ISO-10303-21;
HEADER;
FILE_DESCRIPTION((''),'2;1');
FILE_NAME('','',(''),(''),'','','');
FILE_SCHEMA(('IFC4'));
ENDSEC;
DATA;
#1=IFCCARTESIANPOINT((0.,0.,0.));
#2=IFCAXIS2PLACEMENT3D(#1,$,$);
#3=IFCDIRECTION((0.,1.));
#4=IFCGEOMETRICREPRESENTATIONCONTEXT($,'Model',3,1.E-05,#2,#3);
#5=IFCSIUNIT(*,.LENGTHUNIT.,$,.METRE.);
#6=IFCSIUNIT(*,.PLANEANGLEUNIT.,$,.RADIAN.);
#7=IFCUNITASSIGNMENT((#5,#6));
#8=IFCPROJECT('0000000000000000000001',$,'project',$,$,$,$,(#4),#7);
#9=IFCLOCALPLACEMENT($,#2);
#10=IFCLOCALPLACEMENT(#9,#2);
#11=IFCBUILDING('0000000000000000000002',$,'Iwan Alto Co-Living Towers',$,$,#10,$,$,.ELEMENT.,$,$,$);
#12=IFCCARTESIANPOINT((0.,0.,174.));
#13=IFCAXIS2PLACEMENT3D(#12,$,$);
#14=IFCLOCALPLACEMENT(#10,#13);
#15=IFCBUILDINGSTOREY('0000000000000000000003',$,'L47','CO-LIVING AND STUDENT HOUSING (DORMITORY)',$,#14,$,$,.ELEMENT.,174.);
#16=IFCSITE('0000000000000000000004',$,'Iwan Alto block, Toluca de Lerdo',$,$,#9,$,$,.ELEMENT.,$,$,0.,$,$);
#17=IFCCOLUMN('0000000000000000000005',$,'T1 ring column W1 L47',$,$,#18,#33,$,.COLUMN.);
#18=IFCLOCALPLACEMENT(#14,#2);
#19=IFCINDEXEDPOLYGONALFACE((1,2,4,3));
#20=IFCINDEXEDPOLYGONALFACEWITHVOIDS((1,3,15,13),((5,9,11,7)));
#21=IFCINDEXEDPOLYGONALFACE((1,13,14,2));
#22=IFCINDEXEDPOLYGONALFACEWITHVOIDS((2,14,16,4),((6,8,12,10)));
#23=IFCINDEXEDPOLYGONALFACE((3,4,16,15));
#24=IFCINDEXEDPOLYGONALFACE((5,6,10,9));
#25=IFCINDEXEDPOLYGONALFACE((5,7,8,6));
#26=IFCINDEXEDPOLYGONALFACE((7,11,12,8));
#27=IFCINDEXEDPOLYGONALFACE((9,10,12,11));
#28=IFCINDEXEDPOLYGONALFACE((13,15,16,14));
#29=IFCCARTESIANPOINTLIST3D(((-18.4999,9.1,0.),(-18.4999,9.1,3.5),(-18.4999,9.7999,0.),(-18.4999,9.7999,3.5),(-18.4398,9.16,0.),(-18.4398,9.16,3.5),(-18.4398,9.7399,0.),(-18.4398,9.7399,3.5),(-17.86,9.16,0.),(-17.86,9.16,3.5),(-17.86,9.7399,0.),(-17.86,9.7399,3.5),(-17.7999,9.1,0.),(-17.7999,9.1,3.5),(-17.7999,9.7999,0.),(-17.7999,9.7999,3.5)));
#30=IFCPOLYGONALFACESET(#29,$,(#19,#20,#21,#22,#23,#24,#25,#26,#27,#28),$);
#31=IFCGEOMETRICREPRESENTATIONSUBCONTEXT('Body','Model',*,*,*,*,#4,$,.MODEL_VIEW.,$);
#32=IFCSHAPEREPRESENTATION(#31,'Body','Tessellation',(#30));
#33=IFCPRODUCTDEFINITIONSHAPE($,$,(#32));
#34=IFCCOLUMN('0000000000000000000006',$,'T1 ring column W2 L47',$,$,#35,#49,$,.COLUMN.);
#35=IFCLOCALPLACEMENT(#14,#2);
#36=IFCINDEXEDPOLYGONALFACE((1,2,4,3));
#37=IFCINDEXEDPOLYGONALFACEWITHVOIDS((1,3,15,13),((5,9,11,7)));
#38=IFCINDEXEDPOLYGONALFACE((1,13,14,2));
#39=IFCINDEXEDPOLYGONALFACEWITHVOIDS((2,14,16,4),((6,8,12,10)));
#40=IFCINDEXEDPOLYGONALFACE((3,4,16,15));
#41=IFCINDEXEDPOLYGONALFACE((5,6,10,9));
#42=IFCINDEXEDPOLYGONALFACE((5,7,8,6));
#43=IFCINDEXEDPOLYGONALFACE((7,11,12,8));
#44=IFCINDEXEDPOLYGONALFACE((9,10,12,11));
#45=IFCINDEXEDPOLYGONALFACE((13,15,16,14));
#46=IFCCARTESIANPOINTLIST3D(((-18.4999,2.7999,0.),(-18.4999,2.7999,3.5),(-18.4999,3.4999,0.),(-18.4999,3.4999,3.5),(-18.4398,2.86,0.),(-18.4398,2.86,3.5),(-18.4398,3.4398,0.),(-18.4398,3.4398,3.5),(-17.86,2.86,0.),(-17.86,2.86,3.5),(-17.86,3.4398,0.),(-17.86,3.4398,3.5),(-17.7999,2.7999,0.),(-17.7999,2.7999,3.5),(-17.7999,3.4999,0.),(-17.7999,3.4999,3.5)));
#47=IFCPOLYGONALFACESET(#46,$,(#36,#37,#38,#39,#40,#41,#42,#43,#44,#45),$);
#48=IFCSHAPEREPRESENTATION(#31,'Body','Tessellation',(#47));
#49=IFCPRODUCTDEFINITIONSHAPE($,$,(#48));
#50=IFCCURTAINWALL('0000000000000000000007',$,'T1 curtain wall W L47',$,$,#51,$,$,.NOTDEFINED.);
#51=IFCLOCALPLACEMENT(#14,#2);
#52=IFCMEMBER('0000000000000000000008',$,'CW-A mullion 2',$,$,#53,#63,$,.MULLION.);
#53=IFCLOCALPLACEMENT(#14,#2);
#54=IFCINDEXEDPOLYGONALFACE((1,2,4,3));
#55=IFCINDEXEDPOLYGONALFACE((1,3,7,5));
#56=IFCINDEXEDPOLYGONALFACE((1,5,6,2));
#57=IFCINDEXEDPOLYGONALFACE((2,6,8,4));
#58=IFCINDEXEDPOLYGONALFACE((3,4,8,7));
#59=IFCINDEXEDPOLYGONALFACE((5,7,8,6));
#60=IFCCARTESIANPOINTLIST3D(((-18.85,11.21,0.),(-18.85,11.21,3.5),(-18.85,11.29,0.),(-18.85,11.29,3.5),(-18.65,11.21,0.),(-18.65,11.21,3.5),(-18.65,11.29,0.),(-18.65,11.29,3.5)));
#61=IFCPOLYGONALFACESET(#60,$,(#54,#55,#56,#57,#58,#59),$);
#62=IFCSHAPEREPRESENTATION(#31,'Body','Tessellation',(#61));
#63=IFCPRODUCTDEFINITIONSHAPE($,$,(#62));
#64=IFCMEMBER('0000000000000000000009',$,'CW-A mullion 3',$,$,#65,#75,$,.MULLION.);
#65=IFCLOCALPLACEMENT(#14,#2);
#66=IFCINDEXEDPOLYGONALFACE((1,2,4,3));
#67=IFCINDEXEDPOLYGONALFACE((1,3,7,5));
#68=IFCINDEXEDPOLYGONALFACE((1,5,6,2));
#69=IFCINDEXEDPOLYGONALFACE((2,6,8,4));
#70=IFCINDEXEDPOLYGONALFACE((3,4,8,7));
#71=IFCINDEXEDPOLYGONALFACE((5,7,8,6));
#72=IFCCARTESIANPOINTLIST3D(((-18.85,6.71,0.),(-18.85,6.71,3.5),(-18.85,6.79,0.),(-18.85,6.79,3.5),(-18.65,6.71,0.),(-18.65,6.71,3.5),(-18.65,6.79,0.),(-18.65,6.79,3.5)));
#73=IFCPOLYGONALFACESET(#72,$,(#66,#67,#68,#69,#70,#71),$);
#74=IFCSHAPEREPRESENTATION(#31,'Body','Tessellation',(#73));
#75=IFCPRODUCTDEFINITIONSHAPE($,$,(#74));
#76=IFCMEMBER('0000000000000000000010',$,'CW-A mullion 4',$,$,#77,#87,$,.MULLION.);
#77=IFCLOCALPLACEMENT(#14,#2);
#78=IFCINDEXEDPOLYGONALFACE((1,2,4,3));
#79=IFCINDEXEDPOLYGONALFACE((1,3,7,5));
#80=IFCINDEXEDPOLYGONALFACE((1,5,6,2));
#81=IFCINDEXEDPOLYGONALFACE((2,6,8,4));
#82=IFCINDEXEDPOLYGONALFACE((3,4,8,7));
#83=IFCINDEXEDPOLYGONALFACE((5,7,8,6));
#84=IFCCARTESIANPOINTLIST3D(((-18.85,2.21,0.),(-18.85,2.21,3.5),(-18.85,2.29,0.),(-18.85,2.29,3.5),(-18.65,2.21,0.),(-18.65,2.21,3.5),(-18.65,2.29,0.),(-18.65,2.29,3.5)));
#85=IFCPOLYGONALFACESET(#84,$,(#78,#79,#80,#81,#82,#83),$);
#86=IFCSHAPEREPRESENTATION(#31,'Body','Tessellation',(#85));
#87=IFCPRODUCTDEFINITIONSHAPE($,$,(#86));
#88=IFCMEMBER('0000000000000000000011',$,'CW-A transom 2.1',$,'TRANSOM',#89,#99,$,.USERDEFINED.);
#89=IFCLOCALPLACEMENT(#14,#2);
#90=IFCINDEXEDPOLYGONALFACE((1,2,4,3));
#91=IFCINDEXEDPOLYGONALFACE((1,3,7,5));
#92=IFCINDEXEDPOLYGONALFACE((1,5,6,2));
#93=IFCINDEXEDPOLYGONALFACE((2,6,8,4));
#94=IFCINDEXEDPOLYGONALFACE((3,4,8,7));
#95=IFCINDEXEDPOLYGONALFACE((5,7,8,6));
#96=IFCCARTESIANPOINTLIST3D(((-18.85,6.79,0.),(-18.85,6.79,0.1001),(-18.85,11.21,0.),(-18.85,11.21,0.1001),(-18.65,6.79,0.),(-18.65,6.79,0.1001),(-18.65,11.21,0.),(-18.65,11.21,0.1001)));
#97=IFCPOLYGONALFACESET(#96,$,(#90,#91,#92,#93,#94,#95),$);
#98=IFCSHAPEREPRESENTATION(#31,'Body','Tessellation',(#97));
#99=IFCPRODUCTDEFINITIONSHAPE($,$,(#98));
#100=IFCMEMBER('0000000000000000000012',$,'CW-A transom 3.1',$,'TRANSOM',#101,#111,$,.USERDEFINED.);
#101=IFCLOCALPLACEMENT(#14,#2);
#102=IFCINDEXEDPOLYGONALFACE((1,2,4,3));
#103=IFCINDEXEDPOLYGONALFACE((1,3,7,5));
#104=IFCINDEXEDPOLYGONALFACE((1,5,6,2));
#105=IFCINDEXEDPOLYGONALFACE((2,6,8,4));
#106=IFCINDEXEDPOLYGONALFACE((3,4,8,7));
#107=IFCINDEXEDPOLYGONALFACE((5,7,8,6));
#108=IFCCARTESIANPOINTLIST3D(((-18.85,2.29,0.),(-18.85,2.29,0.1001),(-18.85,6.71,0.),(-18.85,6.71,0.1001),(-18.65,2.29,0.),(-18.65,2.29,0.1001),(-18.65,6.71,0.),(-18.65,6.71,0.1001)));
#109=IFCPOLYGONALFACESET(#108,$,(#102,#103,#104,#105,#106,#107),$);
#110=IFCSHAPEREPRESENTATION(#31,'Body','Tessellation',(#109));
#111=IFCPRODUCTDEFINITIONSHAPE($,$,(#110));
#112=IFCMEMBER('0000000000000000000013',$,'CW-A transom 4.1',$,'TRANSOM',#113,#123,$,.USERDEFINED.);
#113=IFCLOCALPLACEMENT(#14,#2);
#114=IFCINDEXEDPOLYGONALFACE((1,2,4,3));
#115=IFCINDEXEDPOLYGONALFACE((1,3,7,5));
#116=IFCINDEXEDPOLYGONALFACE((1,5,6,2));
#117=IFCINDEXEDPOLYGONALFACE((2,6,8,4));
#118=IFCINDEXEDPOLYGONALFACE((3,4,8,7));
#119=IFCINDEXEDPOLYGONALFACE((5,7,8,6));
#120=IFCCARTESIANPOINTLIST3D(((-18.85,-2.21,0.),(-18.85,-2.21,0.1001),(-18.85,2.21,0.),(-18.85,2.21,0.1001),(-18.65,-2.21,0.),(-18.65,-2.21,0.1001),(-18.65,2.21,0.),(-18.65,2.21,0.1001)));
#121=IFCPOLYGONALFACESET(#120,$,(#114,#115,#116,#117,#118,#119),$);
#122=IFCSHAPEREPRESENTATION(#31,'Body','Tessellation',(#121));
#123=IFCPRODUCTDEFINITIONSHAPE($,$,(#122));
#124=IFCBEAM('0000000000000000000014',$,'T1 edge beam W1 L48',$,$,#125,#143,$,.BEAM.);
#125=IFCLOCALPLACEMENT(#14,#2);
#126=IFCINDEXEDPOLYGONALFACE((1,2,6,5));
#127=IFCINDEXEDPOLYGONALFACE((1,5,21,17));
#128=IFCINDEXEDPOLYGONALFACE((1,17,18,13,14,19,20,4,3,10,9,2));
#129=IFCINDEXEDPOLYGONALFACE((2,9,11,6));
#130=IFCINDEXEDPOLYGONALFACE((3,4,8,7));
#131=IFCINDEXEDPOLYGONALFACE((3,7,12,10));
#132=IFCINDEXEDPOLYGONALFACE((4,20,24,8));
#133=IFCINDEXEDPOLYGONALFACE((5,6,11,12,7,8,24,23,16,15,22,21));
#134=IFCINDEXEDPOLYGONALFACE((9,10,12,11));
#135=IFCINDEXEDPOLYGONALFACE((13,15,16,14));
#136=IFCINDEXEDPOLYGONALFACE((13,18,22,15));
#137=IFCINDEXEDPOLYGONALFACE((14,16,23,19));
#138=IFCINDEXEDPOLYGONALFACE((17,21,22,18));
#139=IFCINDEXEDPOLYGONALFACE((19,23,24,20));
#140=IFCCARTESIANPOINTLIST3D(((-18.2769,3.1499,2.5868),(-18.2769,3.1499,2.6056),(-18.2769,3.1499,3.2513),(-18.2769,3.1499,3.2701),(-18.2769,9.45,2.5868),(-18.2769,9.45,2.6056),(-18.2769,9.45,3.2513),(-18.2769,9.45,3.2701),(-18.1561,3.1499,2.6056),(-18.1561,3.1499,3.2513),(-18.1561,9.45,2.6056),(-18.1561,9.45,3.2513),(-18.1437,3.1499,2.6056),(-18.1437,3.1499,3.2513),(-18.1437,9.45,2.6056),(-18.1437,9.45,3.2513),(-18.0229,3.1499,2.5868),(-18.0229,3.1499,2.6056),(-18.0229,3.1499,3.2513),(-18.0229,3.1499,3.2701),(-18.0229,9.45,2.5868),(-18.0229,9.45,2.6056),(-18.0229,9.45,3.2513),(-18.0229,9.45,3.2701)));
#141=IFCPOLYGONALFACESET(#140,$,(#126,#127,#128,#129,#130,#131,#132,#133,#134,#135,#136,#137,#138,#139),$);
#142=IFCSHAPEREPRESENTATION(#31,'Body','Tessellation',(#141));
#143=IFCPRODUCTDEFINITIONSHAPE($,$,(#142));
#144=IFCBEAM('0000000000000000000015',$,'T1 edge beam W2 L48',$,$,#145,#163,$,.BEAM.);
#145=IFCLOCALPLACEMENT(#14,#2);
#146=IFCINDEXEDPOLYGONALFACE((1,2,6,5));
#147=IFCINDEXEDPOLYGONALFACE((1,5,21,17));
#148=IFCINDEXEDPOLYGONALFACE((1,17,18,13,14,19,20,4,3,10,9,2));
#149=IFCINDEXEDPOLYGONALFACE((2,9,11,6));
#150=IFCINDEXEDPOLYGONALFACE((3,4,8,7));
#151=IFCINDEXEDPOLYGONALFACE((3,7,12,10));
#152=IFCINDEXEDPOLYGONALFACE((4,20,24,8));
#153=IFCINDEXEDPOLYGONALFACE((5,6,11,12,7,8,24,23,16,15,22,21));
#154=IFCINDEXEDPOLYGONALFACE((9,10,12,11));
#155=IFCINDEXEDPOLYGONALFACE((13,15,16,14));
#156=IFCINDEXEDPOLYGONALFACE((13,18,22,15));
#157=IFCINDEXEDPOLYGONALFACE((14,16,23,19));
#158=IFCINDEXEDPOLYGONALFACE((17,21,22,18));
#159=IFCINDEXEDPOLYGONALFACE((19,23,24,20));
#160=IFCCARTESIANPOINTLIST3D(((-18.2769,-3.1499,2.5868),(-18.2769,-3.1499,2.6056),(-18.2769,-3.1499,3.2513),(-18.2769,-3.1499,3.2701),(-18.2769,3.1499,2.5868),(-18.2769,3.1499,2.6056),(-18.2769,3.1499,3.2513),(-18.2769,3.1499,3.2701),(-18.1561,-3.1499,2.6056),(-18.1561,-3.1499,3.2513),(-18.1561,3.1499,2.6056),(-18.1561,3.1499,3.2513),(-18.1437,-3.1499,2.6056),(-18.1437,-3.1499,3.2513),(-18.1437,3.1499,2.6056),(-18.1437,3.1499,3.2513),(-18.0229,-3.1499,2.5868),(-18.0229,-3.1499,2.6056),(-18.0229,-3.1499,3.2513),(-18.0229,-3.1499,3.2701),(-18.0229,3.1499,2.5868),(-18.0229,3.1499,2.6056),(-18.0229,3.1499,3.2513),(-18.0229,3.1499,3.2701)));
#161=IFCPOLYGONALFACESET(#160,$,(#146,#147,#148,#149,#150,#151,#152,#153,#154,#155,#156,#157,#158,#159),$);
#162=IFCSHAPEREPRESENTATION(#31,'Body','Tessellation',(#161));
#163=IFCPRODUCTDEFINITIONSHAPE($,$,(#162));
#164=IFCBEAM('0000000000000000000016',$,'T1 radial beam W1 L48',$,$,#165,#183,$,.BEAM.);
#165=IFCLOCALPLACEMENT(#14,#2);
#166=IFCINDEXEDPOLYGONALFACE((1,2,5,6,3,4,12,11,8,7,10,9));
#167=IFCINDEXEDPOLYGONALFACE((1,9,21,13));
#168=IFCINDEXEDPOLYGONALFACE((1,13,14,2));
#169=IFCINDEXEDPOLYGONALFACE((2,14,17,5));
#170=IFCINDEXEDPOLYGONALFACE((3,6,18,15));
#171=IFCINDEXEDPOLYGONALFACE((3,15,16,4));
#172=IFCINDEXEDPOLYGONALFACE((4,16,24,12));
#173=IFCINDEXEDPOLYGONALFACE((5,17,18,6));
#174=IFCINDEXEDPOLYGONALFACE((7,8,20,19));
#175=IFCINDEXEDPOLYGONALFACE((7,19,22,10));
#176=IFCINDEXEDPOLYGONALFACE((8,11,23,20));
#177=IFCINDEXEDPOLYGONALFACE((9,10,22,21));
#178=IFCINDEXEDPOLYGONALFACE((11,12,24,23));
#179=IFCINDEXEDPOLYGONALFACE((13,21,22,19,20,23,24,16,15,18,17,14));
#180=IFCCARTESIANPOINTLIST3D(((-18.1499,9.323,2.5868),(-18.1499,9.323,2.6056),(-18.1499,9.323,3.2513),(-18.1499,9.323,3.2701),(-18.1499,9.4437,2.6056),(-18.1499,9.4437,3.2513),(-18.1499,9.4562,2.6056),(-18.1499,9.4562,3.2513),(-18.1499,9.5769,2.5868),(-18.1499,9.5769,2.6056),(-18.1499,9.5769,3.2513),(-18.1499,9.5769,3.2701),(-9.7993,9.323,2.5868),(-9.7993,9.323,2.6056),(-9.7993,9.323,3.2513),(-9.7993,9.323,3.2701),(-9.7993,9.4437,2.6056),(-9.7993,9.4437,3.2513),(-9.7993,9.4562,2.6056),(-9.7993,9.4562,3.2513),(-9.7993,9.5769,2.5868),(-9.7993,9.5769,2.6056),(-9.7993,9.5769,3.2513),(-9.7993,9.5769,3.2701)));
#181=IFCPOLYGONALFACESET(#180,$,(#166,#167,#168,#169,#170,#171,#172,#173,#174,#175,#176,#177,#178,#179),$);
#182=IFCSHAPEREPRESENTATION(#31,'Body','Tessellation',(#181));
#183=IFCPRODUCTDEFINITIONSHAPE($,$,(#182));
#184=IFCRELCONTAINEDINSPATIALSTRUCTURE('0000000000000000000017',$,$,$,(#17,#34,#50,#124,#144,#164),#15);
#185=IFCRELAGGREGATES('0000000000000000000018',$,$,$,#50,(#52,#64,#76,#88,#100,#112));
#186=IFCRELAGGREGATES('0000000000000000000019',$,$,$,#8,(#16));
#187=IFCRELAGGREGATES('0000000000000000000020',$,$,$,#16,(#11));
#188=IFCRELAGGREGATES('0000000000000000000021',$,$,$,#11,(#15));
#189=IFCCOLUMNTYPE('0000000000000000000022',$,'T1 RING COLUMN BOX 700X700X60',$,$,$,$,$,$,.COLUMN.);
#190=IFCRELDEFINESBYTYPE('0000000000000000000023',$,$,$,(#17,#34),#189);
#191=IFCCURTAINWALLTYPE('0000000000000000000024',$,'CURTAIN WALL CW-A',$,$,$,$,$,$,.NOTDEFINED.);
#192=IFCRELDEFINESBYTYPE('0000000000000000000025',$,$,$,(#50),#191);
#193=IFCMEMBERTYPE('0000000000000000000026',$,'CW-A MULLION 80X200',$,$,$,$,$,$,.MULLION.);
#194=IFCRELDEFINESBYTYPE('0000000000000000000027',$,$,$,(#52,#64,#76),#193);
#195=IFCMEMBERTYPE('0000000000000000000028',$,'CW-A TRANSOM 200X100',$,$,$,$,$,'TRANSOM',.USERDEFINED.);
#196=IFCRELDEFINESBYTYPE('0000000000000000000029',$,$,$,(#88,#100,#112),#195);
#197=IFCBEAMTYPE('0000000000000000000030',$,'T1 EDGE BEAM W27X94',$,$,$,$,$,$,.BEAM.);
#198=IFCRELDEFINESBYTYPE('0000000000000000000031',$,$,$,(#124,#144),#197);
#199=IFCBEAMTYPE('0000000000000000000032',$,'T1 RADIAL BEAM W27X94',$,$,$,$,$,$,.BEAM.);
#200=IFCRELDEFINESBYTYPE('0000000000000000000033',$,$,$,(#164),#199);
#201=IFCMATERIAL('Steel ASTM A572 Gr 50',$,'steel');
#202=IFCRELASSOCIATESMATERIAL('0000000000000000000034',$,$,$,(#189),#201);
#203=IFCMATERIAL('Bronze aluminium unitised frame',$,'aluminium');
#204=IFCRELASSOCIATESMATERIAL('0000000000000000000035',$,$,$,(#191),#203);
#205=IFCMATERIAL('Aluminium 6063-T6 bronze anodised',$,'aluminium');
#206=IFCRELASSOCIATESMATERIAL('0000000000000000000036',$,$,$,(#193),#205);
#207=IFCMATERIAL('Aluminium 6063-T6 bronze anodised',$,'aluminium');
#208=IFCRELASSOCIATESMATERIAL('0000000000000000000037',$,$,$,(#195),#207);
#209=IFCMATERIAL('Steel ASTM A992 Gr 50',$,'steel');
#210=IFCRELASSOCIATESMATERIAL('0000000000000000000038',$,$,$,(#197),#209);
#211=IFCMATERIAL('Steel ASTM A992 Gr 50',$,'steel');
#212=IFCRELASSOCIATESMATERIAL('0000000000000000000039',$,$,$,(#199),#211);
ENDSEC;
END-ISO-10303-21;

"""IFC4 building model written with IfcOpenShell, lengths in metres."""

from ifc_helpers import new_model, si_unit, direction, frame, origin, origin_2d, place, context, subcontext, project, spatial, rectangle, hollow_rectangle, i_section, extrude, material, material_profile, profile_set, type_object, element, aggregate, save


model = new_model("IFC4")

# Units and contexts
model_context = context("Model", 3, precision=1e-05, world=origin(), true_north=direction((0.0, 1.0)))
body_context = subcontext(model_context, "Body", "Model", "MODEL_VIEW")
ifc_project = project(units=[si_unit("LENGTHUNIT", "METRE"), si_unit("PLANEANGLEUNIT", "RADIAN")], contexts=[model_context])

# Site, building, storey
site_placement = place(None, origin())
site = spatial("IfcSite", under=ifc_project, at=site_placement, Name="Iwan Alto block, Toluca de Lerdo", CompositionType="ELEMENT", RefElevation=0.0)
building_placement = place(site_placement, origin())
building = spatial("IfcBuilding", under=site, at=building_placement, Name="Iwan Alto Co-Living Towers", CompositionType="ELEMENT")
storey_placement = place(building_placement, frame((0.0, 0.0, 174.0)))
storey = spatial("IfcBuildingStorey", under=building, at=storey_placement, Name="L47", Description="CO-LIVING AND STUDENT HOUSING (DORMITORY)", CompositionType="ELEMENT", Elevation=174.0)

# Columns
ifc_material_1 = material(Name="Steel ASTM A572 Gr 50", Category="steel")
ifc_material_profile_1 = material_profile(ifc_material_1, hollow_rectangle(XDim=0.7, YDim=0.7, WallThickness=0.0601, at=origin_2d()), Name="BOX 700X700X60")
ifc_profile_set_1 = profile_set([ifc_material_profile_1], Name="Steel ASTM A572 Gr 50")
column_type = type_object("IfcColumnType", Name="T1 RING COLUMN BOX 700X700X60", PredefinedType="COLUMN", material=ifc_profile_set_1)
for number, where, z_axis, x_axis, name in (
    (1, (-18.1499, 9.45, 0.0), (0.0, 0.0, 1.0), (1.0, 0.0, 0.0), "T1 ring column W1 L47"),
    (2, (-18.1499, 3.1499, 0.0), (0.0, 0.0, 1.0), (1.0, 0.0, 0.0), "T1 ring column W2 L47"),
):
    element("IfcColumn", number, at=place(storey_placement, frame(where, z_axis=z_axis, x_axis=x_axis)), inside=storey, type_object=column_type, Name=name, PredefinedType="COLUMN", context=body_context, shape_type="SweptSolid", body=[
        extrude(hollow_rectangle(XDim=0.7, YDim=0.7, WallThickness=0.0601, at=origin_2d()), origin(), (0.0, 0.0, 1.0), 3.5),
    ])

# Curtain wall, members
ifc_material_2 = material(Name="Bronze aluminium unitised frame", Category="aluminium")
curtain_wall_type = type_object("IfcCurtainWallType", Name="CURTAIN WALL CW-A", PredefinedType="NOTDEFINED", material=ifc_material_2)
curtain_wall_placement = place(storey_placement, origin())
curtain_wall = element("IfcCurtainWall", 3, at=curtain_wall_placement, inside=storey, type_object=curtain_wall_type, Name="T1 curtain wall W L47", PredefinedType="NOTDEFINED")
ifc_material_3 = material(Name="Aluminium 6063-T6 bronze anodised", Category="aluminium")
ifc_material_profile_2 = material_profile(ifc_material_3, rectangle(XDim=0.2, YDim=0.0801, at=origin_2d()), Name="AL 80X200")
ifc_profile_set_2 = profile_set([ifc_material_profile_2], Name="Aluminium 6063-T6 bronze anodised")
member_type_1 = type_object("IfcMemberType", Name="CW-A MULLION 80X200", PredefinedType="MULLION", material=ifc_profile_set_2)
member_1_placement = place(storey_placement, frame((-18.75, 11.25, 0.0), z_axis=(0.0, 0.0, 1.0), x_axis=(1.0, 0.0, 0.0)))
member_1 = element("IfcMember", 4, at=member_1_placement, type_object=member_type_1, Name="CW-A mullion 2", PredefinedType="MULLION", context=body_context, shape_type="SweptSolid", body=[
    extrude(rectangle(XDim=0.2, YDim=0.0801, at=origin_2d()), origin(), (0.0, 0.0, 1.0), 3.5),
])
member_2_placement = place(storey_placement, frame((-18.75, 6.75, 0.0), z_axis=(0.0, 0.0, 1.0), x_axis=(1.0, 0.0, 0.0)))
member_2 = element("IfcMember", 5, at=member_2_placement, type_object=member_type_1, Name="CW-A mullion 3", PredefinedType="MULLION", context=body_context, shape_type="SweptSolid", body=[
    extrude(rectangle(XDim=0.2, YDim=0.0801, at=origin_2d()), origin(), (0.0, 0.0, 1.0), 3.5),
])
member_3_placement = place(storey_placement, frame((-18.75, 2.25, 0.0), z_axis=(0.0, 0.0, 1.0), x_axis=(1.0, 0.0, 0.0)))
member_3 = element("IfcMember", 6, at=member_3_placement, type_object=member_type_1, Name="CW-A mullion 4", PredefinedType="MULLION", context=body_context, shape_type="SweptSolid", body=[
    extrude(rectangle(XDim=0.2, YDim=0.0801, at=origin_2d()), origin(), (0.0, 0.0, 1.0), 3.5),
])
ifc_material_4 = material(Name="Aluminium 6063-T6 bronze anodised", Category="aluminium")
ifc_material_profile_3 = material_profile(ifc_material_4, rectangle(XDim=0.2, YDim=0.1001, at=origin_2d()), Name="AL 200X100")
ifc_profile_set_3 = profile_set([ifc_material_profile_3], Name="Aluminium 6063-T6 bronze anodised")
member_type_2 = type_object("IfcMemberType", Name="CW-A TRANSOM 200X100", ElementType="TRANSOM", PredefinedType="USERDEFINED", material=ifc_profile_set_3)
member_4_placement = place(storey_placement, frame((-18.75, 11.21, 0.05), z_axis=(0.0, -1.0, 0.0), x_axis=(1.0, 0.0, 0.0)))
member_4 = element("IfcMember", 7, at=member_4_placement, type_object=member_type_2, Name="CW-A transom 2.1", ObjectType="TRANSOM", PredefinedType="USERDEFINED", context=body_context, shape_type="SweptSolid", body=[
    extrude(rectangle(XDim=0.2, YDim=0.1001, at=origin_2d()), origin(), (0.0, 0.0, 1.0), 4.4199),
])
member_5_placement = place(storey_placement, frame((-18.75, 6.71, 0.05), z_axis=(0.0, -1.0, 0.0), x_axis=(1.0, 0.0, 0.0)))
member_5 = element("IfcMember", 8, at=member_5_placement, type_object=member_type_2, Name="CW-A transom 3.1", ObjectType="TRANSOM", PredefinedType="USERDEFINED", context=body_context, shape_type="SweptSolid", body=[
    extrude(rectangle(XDim=0.2, YDim=0.1001, at=origin_2d()), origin(), (0.0, 0.0, 1.0), 4.4199),
])
member_6_placement = place(storey_placement, frame((-18.75, 2.21, 0.05), z_axis=(0.0, -1.0, 0.0), x_axis=(1.0, 0.0, 0.0)))
member_6 = element("IfcMember", 9, at=member_6_placement, type_object=member_type_2, Name="CW-A transom 4.1", ObjectType="TRANSOM", PredefinedType="USERDEFINED", context=body_context, shape_type="SweptSolid", body=[
    extrude(rectangle(XDim=0.2, YDim=0.1001, at=origin_2d()), origin(), (0.0, 0.0, 1.0), 4.4199),
])

# Beams
ifc_material_5 = material(Name="Steel ASTM A992 Gr 50", Category="steel")
ifc_material_profile_4 = material_profile(ifc_material_5, i_section(OverallWidth=0.2539, OverallDepth=0.6833, WebThickness=0.0125, FlangeThickness=0.0188, at=origin_2d()), Name="W27X94")
ifc_profile_set_4 = profile_set([ifc_material_profile_4], Name="Steel ASTM A992 Gr 50")
beam_type_1 = type_object("IfcBeamType", Name="T1 EDGE BEAM W27X94", PredefinedType="BEAM", material=ifc_profile_set_4)
beam_1_placement = place(storey_placement, frame((-18.1499, 9.45, 2.9285), z_axis=(0.0, -1.0, 0.0), x_axis=(1.0, 0.0, 0.0)))
element("IfcBeam", 10, at=beam_1_placement, inside=storey, type_object=beam_type_1, Name="T1 edge beam W1 L48", PredefinedType="BEAM", context=body_context, shape_type="SweptSolid", body=[
    extrude(i_section(OverallWidth=0.2539, OverallDepth=0.6833, WebThickness=0.0125, FlangeThickness=0.0188, at=origin_2d()), origin(), (0.0, 0.0, 1.0), 6.3),
])
beam_2_placement = place(storey_placement, frame((-18.1499, 3.1499, 2.9285), z_axis=(0.0, -1.0, 0.0), x_axis=(1.0, 0.0, 0.0)))
element("IfcBeam", 11, at=beam_2_placement, inside=storey, type_object=beam_type_1, Name="T1 edge beam W2 L48", PredefinedType="BEAM", context=body_context, shape_type="SweptSolid", body=[
    extrude(i_section(OverallWidth=0.2539, OverallDepth=0.6833, WebThickness=0.0125, FlangeThickness=0.0188, at=origin_2d()), origin(), (0.0, 0.0, 1.0), 6.2998),
])
ifc_material_6 = material(Name="Steel ASTM A992 Gr 50", Category="steel")
ifc_material_profile_5 = material_profile(ifc_material_6, i_section(OverallWidth=0.2539, OverallDepth=0.6833, WebThickness=0.0125, FlangeThickness=0.0188, at=origin_2d()), Name="W27X94")
ifc_profile_set_5 = profile_set([ifc_material_profile_5], Name="Steel ASTM A992 Gr 50")
beam_type_2 = type_object("IfcBeamType", Name="T1 RADIAL BEAM W27X94", PredefinedType="BEAM", material=ifc_profile_set_5)
for number, where, z_axis, x_axis, name in (
    (12, (-18.1499, 9.45, 2.9285), (1.0, 0.0, 0.0), (0.0, 1.0, 0.0), "T1 radial beam W1 L48"),
):
    element("IfcBeam", number, at=place(storey_placement, frame(where, z_axis=z_axis, x_axis=x_axis)), inside=storey, type_object=beam_type_2, Name=name, PredefinedType="BEAM", context=body_context, shape_type="SweptSolid", body=[
        extrude(i_section(OverallWidth=0.2539, OverallDepth=0.6833, WebThickness=0.0125, FlangeThickness=0.0188, at=origin_2d()), origin(), (0.0, 0.0, 1.0), 8.3506),
    ])

aggregate(curtain_wall, [member_1, member_2, member_3, member_4, member_5, member_6])

save(model, "model.ifc")
